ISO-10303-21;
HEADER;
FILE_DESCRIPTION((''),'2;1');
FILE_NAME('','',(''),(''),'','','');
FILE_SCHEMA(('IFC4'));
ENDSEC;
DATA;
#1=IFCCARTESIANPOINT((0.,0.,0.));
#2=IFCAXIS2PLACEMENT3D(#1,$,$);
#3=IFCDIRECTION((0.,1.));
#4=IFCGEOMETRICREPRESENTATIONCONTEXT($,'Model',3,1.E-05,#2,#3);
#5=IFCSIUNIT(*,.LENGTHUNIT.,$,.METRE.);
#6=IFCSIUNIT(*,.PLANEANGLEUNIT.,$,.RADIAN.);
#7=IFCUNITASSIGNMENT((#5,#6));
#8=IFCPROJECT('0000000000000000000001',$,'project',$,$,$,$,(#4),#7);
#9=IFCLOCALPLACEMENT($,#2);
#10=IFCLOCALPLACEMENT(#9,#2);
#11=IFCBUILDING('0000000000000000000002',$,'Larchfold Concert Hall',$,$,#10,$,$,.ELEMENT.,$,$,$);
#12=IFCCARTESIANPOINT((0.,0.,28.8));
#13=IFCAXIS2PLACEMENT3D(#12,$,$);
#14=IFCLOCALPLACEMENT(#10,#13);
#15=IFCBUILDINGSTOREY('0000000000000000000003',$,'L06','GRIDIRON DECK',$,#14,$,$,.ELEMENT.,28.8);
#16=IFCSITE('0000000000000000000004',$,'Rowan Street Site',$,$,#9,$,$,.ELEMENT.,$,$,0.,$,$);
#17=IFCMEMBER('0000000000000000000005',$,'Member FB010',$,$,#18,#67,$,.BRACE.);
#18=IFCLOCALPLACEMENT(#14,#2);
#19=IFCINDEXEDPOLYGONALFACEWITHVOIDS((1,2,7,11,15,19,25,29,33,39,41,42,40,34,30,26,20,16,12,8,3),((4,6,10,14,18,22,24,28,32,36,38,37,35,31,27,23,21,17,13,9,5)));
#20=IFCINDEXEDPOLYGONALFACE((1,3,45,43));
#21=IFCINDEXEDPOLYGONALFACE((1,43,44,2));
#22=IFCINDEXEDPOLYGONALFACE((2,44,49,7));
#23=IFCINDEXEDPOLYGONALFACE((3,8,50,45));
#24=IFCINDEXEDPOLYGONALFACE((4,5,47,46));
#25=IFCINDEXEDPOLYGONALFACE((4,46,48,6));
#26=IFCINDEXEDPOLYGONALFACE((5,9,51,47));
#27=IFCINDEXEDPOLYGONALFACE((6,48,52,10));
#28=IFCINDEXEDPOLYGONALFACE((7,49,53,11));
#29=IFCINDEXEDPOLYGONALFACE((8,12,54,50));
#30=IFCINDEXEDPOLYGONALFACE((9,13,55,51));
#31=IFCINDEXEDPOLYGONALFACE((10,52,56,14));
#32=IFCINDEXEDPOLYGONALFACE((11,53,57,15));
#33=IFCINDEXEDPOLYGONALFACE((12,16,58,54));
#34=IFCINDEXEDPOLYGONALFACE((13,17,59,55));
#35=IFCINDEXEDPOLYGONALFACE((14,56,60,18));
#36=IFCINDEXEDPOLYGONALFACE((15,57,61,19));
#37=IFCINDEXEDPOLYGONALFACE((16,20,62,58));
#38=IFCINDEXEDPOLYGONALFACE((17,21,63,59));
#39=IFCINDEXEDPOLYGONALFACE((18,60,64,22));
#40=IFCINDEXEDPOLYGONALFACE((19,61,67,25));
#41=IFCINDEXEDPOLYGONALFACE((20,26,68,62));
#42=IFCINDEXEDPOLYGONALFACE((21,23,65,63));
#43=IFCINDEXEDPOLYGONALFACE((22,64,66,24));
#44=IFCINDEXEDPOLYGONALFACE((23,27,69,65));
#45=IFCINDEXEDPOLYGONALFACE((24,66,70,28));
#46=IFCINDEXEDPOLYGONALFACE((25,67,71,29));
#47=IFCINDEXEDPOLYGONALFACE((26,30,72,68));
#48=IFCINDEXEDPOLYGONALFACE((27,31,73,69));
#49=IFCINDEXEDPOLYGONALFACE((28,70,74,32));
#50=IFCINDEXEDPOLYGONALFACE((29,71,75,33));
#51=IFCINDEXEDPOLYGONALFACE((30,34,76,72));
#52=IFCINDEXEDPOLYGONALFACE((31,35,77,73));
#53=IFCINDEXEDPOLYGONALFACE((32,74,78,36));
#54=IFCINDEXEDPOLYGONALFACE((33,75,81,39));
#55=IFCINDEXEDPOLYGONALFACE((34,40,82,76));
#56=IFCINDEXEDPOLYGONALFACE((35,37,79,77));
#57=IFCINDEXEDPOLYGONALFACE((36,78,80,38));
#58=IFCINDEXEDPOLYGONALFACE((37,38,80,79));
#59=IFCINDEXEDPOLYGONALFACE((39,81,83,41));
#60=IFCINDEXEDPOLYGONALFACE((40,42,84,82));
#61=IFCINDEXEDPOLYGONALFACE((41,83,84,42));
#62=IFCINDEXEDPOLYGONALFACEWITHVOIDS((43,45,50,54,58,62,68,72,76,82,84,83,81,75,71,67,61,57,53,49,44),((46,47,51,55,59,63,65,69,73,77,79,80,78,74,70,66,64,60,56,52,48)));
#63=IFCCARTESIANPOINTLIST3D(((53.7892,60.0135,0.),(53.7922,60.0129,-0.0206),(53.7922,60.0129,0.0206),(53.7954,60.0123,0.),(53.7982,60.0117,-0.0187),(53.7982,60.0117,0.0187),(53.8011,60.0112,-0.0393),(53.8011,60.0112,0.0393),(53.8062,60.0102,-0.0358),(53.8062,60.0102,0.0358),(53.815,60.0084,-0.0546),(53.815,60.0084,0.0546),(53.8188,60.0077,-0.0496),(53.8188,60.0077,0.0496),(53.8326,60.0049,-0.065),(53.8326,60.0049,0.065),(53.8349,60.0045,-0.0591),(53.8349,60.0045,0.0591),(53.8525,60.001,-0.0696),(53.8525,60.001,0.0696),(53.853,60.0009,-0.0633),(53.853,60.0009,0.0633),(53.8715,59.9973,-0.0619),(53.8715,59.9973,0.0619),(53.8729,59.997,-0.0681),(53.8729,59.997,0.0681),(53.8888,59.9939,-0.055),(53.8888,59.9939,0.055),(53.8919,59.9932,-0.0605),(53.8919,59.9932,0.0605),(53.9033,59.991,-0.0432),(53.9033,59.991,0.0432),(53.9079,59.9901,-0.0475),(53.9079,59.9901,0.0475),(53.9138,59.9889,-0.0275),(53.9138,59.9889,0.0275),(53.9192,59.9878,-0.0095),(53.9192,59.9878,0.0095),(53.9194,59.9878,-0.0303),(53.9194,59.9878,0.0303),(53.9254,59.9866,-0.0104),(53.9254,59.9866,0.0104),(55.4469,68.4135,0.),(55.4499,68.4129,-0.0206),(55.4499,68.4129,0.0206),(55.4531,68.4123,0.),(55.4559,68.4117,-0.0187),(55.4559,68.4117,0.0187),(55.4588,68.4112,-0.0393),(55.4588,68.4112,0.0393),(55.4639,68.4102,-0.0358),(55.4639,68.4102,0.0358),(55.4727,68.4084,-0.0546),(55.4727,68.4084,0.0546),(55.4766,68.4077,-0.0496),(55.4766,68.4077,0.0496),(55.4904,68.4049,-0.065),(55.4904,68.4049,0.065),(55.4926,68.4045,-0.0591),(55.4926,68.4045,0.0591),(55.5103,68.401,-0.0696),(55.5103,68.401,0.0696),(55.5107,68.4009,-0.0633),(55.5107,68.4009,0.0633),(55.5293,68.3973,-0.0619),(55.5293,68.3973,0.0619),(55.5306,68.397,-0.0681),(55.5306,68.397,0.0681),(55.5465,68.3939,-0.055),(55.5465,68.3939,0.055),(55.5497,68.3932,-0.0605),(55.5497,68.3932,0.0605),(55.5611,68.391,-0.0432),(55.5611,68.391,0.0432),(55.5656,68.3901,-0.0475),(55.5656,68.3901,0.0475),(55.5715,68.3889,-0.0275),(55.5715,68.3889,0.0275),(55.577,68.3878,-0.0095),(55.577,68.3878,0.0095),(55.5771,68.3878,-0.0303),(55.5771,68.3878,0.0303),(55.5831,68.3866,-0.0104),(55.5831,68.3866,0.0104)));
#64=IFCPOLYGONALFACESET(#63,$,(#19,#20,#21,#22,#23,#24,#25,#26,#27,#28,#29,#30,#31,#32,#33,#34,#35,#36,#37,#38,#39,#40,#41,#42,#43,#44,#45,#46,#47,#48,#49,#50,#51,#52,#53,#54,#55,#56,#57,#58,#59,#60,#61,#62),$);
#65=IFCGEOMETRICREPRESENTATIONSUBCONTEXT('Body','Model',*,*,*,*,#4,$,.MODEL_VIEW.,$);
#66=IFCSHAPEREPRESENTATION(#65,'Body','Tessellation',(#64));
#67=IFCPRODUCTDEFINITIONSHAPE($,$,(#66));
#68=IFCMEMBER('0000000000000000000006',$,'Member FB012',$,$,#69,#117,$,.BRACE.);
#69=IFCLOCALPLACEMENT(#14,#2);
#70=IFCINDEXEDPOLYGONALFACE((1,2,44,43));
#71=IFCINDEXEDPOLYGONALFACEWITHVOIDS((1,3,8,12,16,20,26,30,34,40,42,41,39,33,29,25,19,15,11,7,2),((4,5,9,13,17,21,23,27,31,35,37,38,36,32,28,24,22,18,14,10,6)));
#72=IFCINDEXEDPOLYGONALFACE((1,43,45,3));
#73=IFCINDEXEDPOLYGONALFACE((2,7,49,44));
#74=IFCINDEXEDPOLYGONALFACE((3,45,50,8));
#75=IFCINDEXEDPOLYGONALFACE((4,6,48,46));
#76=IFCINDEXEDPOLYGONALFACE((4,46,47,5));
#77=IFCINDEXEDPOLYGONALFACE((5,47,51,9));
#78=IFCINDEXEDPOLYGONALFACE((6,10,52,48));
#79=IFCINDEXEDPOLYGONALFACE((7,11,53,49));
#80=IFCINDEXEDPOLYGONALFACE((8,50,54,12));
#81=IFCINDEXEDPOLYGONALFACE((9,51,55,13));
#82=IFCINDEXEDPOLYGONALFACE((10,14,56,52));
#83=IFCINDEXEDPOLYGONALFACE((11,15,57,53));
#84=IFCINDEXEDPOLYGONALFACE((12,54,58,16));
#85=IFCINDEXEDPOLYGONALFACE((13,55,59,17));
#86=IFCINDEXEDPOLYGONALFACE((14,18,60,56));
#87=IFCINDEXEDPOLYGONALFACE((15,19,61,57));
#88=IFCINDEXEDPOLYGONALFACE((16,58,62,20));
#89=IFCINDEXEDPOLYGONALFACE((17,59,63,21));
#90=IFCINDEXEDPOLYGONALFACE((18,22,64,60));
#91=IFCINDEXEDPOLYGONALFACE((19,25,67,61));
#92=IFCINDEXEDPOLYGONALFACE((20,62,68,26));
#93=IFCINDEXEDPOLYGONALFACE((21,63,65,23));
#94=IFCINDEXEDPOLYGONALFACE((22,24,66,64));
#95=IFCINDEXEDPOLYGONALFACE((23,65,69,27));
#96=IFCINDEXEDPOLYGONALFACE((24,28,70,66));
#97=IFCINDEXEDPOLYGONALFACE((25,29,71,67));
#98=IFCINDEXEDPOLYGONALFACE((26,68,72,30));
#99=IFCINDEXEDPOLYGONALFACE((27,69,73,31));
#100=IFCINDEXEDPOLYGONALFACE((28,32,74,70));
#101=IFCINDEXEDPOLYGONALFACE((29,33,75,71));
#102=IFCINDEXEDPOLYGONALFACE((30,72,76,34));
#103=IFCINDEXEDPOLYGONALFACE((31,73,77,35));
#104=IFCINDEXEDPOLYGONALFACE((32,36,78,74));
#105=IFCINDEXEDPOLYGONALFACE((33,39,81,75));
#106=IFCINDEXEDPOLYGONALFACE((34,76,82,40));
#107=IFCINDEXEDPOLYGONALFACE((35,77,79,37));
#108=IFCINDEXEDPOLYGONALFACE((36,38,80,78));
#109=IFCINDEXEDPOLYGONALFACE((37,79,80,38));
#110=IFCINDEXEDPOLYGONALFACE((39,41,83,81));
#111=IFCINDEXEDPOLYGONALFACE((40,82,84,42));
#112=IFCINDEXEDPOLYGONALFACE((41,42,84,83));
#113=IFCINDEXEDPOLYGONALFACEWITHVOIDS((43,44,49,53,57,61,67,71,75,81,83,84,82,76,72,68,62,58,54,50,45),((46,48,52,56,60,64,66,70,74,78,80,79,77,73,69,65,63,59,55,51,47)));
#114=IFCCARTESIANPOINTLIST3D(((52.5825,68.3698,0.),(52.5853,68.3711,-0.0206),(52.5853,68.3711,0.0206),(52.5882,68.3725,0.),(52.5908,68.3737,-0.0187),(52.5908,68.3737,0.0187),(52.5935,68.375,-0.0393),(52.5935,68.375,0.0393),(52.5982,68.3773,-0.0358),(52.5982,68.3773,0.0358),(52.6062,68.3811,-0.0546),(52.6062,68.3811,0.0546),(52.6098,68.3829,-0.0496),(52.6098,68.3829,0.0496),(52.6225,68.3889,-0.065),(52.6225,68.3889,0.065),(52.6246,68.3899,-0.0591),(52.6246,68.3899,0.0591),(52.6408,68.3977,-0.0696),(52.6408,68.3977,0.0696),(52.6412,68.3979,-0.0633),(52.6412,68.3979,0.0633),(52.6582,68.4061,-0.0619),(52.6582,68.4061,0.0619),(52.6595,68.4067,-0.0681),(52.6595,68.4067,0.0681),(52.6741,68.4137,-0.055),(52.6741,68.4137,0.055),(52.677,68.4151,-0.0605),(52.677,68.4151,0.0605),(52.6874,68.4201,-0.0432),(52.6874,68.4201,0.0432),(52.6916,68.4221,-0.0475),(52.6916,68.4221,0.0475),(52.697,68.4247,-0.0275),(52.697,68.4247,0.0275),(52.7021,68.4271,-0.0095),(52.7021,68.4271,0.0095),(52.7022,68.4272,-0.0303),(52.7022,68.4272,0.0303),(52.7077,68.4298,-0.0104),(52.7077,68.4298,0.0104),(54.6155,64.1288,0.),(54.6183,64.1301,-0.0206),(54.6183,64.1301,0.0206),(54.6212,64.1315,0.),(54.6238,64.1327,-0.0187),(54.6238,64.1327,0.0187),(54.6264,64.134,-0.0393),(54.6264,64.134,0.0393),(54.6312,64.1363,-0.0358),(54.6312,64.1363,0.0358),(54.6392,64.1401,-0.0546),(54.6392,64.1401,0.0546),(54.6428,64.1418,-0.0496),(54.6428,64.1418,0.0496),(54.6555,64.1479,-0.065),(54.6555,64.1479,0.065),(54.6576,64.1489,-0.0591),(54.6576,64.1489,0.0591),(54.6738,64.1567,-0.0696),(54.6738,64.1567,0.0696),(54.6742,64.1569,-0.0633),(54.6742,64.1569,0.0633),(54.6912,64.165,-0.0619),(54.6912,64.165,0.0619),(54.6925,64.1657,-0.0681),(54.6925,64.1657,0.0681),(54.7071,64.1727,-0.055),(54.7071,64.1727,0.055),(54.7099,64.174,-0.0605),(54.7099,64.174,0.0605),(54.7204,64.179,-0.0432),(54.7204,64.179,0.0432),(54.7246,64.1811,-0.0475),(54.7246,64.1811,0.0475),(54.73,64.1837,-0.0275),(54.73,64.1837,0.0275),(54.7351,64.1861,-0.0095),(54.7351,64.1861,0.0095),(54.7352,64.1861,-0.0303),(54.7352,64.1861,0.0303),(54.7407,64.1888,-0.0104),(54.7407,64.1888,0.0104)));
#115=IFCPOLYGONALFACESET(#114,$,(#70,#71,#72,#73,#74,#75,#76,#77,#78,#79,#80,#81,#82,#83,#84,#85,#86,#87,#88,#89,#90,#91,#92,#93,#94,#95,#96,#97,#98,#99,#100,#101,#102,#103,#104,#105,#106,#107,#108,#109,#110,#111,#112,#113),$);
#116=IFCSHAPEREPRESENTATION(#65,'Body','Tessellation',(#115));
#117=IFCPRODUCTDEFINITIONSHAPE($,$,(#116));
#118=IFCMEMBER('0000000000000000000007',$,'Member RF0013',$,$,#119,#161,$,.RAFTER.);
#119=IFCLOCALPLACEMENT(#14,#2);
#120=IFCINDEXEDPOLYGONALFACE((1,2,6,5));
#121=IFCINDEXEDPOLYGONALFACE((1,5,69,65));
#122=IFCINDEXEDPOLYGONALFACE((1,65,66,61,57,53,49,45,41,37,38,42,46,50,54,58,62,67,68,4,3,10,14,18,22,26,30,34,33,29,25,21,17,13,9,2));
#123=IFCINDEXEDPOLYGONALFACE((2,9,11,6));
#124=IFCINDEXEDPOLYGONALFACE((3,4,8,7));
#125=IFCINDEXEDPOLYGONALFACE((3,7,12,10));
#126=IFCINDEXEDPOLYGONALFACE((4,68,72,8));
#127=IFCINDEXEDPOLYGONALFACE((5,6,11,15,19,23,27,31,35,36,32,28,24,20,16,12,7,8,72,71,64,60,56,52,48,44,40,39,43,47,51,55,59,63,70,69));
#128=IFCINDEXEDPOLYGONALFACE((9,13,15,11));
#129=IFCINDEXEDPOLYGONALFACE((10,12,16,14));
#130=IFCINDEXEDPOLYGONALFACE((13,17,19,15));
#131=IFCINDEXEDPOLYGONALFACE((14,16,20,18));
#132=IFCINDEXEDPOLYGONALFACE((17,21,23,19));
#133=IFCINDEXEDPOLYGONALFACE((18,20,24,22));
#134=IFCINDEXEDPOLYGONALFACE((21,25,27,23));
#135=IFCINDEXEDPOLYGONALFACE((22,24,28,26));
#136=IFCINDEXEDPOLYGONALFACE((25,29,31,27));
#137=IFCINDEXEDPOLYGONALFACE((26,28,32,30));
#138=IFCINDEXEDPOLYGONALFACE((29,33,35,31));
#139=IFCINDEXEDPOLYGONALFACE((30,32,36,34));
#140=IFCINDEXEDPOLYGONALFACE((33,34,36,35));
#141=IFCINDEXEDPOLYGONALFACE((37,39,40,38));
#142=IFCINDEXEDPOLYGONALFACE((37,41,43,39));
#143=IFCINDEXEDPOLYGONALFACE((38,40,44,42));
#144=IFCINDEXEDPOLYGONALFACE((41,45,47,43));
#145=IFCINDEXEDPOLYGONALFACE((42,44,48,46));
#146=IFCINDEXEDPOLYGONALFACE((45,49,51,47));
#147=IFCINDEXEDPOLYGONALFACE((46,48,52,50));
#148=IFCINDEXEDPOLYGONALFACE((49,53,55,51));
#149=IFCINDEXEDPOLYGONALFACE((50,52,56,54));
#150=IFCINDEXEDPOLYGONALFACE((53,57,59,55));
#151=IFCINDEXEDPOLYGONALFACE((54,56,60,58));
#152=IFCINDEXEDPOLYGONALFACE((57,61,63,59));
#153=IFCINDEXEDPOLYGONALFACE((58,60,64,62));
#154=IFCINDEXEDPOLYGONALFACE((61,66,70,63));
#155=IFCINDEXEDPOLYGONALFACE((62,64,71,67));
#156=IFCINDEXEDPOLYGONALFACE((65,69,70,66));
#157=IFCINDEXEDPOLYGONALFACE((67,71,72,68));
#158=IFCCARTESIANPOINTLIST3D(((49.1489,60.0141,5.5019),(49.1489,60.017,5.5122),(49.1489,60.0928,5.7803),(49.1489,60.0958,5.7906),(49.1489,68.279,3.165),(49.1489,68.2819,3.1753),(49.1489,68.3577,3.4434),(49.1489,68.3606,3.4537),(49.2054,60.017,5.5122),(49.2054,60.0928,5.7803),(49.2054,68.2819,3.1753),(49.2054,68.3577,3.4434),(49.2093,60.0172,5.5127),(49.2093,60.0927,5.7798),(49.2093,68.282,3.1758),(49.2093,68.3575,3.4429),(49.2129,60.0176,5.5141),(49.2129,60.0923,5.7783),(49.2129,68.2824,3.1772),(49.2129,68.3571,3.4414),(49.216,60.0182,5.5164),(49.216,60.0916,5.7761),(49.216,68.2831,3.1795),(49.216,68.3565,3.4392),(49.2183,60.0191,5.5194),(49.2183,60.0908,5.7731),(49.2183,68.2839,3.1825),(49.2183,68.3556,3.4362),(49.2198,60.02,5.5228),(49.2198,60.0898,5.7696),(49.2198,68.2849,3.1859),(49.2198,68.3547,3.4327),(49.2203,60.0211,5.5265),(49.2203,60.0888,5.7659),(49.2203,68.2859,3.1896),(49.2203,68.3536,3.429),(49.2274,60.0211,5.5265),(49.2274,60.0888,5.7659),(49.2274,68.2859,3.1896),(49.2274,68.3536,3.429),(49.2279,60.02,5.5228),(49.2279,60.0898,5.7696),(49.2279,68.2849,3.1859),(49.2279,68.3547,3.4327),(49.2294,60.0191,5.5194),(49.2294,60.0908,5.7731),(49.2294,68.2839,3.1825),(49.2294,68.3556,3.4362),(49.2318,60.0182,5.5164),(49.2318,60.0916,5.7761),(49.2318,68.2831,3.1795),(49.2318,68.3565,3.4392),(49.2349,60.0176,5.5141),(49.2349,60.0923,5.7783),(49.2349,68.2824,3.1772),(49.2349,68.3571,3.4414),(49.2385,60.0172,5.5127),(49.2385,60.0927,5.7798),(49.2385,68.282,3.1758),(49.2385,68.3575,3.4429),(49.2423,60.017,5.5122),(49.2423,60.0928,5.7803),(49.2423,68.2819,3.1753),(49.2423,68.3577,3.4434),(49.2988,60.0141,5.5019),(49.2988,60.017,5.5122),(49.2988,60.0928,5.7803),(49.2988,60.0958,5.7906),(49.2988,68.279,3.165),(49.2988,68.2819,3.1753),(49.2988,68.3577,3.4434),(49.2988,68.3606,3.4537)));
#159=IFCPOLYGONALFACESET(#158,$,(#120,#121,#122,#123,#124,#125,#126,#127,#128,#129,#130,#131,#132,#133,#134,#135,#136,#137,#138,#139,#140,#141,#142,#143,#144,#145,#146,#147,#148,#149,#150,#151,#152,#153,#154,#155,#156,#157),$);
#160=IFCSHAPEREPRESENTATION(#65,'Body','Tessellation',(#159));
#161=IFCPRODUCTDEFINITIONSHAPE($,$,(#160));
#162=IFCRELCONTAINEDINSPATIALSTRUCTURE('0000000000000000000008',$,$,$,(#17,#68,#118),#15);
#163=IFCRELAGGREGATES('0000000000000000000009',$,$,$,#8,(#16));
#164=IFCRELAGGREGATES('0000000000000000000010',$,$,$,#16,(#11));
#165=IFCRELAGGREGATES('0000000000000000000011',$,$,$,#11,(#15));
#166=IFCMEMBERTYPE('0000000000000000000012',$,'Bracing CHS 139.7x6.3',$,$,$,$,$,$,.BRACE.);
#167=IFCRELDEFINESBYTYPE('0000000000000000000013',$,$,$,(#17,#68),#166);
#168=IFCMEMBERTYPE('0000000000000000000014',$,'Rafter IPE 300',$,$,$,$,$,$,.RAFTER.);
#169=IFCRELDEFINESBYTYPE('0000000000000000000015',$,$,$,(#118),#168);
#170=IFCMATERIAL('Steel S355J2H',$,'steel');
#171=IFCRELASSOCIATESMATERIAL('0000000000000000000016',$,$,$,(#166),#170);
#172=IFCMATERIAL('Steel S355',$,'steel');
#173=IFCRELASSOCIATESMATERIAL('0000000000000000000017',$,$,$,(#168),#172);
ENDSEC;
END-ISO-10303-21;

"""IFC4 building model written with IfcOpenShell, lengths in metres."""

from ifc_helpers import new_model, si_unit, direction, frame, origin, origin_2d, place, context, subcontext, project, spatial, hollow_circle, i_section, extrude, material, material_profile, profile_set, type_object, element, save


model = new_model("IFC4")

# Units and contexts
model_context = context("Model", 3, precision=1e-05, world=origin(), true_north=direction((0.0, 1.0)))
body_context = subcontext(model_context, "Body", "Model", "MODEL_VIEW")
ifc_project = project(units=[si_unit("LENGTHUNIT", "METRE"), si_unit("PLANEANGLEUNIT", "RADIAN")], contexts=[model_context])

# Site, building, storey
site_placement = place(None, origin())
site = spatial("IfcSite", under=ifc_project, at=site_placement, Name="Rowan Street Site", CompositionType="ELEMENT", RefElevation=0.0)
building_placement = place(site_placement, origin())
building = spatial("IfcBuilding", under=site, at=building_placement, Name="Larchfold Concert Hall", CompositionType="ELEMENT")
storey_placement = place(building_placement, frame((0.0, 0.0, 28.8)))
storey = spatial("IfcBuildingStorey", under=building, at=storey_placement, Name="L06", Description="GRIDIRON DECK", CompositionType="ELEMENT", Elevation=28.8)

# Members
ifc_material_1 = material(Name="Steel S355J2H", Category="steel")
ifc_material_profile_1 = material_profile(ifc_material_1, hollow_circle(Radius=0.0698, WallThickness=0.0063, at=origin_2d()))
ifc_profile_set_1 = profile_set([ifc_material_profile_1], Name="Steel S355J2H")
member_type_1 = type_object("IfcMemberType", Name="Bracing CHS 139.7x6.3", PredefinedType="BRACE", material=ifc_profile_set_1)
member_1_placement = place(storey_placement, frame((53.8577, 60.0, 0.0), z_axis=(0.193615, 0.981078, 0.0), x_axis=(-0.981078, 0.193615, 0.0)))
element("IfcMember", 1, at=member_1_placement, inside=storey, type_object=member_type_1, Name="Member FB010", PredefinedType="BRACE", context=body_context, shape_type="SweptSolid", body=[
    extrude(hollow_circle(Radius=0.0698, WallThickness=0.0063, at=origin_2d()), origin(), (0.0, 0.0, 1.0), 8.562),
])
member_2_placement = place(storey_placement, frame((54.6785, 64.1589, 0.0), z_axis=(-0.432264, 0.901747, 0.0), x_axis=(-0.901747, -0.432264, 0.0)))
element("IfcMember", 2, at=member_2_placement, inside=storey, type_object=member_type_1, Name="Member FB012", PredefinedType="BRACE", context=body_context, shape_type="SweptSolid", body=[
    extrude(hollow_circle(Radius=0.0698, WallThickness=0.0063, at=origin_2d()), origin(), (0.0, 0.0, 1.0), 4.7031),
])
ifc_material_2 = material(Name="Steel S355", Category="steel")
ifc_material_profile_2 = material_profile(ifc_material_2, i_section(OverallWidth=0.1499, OverallDepth=0.3, WebThickness=0.0071, FlangeThickness=0.0107, FilletRadius=0.0149, at=origin_2d()))
ifc_profile_set_2 = profile_set([ifc_material_profile_2], Name="Steel S355")
member_type_2 = type_object("IfcMemberType", Name="Rafter IPE 300", PredefinedType="RAFTER", material=ifc_profile_set_2)
for number, where, z_axis, x_axis, name in (
    (3, (49.2239, 60.0549, 5.6462), (0.0, 0.962273, -0.272085), (-1.0, 0.0, 0.0), "Member RF0013"),
):
    element("IfcMember", number, at=place(storey_placement, frame(where, z_axis=z_axis, x_axis=x_axis)), inside=storey, type_object=member_type_2, Name=name, PredefinedType="RAFTER", context=body_context, shape_type="SweptSolid", body=[
        extrude(i_section(OverallWidth=0.1499, OverallDepth=0.3, WebThickness=0.0071, FlangeThickness=0.0107, FilletRadius=0.0149, at=origin_2d()), origin(), (0.0, 0.0, 1.0), 8.5889),
    ])

save(model, "model.ifc")
